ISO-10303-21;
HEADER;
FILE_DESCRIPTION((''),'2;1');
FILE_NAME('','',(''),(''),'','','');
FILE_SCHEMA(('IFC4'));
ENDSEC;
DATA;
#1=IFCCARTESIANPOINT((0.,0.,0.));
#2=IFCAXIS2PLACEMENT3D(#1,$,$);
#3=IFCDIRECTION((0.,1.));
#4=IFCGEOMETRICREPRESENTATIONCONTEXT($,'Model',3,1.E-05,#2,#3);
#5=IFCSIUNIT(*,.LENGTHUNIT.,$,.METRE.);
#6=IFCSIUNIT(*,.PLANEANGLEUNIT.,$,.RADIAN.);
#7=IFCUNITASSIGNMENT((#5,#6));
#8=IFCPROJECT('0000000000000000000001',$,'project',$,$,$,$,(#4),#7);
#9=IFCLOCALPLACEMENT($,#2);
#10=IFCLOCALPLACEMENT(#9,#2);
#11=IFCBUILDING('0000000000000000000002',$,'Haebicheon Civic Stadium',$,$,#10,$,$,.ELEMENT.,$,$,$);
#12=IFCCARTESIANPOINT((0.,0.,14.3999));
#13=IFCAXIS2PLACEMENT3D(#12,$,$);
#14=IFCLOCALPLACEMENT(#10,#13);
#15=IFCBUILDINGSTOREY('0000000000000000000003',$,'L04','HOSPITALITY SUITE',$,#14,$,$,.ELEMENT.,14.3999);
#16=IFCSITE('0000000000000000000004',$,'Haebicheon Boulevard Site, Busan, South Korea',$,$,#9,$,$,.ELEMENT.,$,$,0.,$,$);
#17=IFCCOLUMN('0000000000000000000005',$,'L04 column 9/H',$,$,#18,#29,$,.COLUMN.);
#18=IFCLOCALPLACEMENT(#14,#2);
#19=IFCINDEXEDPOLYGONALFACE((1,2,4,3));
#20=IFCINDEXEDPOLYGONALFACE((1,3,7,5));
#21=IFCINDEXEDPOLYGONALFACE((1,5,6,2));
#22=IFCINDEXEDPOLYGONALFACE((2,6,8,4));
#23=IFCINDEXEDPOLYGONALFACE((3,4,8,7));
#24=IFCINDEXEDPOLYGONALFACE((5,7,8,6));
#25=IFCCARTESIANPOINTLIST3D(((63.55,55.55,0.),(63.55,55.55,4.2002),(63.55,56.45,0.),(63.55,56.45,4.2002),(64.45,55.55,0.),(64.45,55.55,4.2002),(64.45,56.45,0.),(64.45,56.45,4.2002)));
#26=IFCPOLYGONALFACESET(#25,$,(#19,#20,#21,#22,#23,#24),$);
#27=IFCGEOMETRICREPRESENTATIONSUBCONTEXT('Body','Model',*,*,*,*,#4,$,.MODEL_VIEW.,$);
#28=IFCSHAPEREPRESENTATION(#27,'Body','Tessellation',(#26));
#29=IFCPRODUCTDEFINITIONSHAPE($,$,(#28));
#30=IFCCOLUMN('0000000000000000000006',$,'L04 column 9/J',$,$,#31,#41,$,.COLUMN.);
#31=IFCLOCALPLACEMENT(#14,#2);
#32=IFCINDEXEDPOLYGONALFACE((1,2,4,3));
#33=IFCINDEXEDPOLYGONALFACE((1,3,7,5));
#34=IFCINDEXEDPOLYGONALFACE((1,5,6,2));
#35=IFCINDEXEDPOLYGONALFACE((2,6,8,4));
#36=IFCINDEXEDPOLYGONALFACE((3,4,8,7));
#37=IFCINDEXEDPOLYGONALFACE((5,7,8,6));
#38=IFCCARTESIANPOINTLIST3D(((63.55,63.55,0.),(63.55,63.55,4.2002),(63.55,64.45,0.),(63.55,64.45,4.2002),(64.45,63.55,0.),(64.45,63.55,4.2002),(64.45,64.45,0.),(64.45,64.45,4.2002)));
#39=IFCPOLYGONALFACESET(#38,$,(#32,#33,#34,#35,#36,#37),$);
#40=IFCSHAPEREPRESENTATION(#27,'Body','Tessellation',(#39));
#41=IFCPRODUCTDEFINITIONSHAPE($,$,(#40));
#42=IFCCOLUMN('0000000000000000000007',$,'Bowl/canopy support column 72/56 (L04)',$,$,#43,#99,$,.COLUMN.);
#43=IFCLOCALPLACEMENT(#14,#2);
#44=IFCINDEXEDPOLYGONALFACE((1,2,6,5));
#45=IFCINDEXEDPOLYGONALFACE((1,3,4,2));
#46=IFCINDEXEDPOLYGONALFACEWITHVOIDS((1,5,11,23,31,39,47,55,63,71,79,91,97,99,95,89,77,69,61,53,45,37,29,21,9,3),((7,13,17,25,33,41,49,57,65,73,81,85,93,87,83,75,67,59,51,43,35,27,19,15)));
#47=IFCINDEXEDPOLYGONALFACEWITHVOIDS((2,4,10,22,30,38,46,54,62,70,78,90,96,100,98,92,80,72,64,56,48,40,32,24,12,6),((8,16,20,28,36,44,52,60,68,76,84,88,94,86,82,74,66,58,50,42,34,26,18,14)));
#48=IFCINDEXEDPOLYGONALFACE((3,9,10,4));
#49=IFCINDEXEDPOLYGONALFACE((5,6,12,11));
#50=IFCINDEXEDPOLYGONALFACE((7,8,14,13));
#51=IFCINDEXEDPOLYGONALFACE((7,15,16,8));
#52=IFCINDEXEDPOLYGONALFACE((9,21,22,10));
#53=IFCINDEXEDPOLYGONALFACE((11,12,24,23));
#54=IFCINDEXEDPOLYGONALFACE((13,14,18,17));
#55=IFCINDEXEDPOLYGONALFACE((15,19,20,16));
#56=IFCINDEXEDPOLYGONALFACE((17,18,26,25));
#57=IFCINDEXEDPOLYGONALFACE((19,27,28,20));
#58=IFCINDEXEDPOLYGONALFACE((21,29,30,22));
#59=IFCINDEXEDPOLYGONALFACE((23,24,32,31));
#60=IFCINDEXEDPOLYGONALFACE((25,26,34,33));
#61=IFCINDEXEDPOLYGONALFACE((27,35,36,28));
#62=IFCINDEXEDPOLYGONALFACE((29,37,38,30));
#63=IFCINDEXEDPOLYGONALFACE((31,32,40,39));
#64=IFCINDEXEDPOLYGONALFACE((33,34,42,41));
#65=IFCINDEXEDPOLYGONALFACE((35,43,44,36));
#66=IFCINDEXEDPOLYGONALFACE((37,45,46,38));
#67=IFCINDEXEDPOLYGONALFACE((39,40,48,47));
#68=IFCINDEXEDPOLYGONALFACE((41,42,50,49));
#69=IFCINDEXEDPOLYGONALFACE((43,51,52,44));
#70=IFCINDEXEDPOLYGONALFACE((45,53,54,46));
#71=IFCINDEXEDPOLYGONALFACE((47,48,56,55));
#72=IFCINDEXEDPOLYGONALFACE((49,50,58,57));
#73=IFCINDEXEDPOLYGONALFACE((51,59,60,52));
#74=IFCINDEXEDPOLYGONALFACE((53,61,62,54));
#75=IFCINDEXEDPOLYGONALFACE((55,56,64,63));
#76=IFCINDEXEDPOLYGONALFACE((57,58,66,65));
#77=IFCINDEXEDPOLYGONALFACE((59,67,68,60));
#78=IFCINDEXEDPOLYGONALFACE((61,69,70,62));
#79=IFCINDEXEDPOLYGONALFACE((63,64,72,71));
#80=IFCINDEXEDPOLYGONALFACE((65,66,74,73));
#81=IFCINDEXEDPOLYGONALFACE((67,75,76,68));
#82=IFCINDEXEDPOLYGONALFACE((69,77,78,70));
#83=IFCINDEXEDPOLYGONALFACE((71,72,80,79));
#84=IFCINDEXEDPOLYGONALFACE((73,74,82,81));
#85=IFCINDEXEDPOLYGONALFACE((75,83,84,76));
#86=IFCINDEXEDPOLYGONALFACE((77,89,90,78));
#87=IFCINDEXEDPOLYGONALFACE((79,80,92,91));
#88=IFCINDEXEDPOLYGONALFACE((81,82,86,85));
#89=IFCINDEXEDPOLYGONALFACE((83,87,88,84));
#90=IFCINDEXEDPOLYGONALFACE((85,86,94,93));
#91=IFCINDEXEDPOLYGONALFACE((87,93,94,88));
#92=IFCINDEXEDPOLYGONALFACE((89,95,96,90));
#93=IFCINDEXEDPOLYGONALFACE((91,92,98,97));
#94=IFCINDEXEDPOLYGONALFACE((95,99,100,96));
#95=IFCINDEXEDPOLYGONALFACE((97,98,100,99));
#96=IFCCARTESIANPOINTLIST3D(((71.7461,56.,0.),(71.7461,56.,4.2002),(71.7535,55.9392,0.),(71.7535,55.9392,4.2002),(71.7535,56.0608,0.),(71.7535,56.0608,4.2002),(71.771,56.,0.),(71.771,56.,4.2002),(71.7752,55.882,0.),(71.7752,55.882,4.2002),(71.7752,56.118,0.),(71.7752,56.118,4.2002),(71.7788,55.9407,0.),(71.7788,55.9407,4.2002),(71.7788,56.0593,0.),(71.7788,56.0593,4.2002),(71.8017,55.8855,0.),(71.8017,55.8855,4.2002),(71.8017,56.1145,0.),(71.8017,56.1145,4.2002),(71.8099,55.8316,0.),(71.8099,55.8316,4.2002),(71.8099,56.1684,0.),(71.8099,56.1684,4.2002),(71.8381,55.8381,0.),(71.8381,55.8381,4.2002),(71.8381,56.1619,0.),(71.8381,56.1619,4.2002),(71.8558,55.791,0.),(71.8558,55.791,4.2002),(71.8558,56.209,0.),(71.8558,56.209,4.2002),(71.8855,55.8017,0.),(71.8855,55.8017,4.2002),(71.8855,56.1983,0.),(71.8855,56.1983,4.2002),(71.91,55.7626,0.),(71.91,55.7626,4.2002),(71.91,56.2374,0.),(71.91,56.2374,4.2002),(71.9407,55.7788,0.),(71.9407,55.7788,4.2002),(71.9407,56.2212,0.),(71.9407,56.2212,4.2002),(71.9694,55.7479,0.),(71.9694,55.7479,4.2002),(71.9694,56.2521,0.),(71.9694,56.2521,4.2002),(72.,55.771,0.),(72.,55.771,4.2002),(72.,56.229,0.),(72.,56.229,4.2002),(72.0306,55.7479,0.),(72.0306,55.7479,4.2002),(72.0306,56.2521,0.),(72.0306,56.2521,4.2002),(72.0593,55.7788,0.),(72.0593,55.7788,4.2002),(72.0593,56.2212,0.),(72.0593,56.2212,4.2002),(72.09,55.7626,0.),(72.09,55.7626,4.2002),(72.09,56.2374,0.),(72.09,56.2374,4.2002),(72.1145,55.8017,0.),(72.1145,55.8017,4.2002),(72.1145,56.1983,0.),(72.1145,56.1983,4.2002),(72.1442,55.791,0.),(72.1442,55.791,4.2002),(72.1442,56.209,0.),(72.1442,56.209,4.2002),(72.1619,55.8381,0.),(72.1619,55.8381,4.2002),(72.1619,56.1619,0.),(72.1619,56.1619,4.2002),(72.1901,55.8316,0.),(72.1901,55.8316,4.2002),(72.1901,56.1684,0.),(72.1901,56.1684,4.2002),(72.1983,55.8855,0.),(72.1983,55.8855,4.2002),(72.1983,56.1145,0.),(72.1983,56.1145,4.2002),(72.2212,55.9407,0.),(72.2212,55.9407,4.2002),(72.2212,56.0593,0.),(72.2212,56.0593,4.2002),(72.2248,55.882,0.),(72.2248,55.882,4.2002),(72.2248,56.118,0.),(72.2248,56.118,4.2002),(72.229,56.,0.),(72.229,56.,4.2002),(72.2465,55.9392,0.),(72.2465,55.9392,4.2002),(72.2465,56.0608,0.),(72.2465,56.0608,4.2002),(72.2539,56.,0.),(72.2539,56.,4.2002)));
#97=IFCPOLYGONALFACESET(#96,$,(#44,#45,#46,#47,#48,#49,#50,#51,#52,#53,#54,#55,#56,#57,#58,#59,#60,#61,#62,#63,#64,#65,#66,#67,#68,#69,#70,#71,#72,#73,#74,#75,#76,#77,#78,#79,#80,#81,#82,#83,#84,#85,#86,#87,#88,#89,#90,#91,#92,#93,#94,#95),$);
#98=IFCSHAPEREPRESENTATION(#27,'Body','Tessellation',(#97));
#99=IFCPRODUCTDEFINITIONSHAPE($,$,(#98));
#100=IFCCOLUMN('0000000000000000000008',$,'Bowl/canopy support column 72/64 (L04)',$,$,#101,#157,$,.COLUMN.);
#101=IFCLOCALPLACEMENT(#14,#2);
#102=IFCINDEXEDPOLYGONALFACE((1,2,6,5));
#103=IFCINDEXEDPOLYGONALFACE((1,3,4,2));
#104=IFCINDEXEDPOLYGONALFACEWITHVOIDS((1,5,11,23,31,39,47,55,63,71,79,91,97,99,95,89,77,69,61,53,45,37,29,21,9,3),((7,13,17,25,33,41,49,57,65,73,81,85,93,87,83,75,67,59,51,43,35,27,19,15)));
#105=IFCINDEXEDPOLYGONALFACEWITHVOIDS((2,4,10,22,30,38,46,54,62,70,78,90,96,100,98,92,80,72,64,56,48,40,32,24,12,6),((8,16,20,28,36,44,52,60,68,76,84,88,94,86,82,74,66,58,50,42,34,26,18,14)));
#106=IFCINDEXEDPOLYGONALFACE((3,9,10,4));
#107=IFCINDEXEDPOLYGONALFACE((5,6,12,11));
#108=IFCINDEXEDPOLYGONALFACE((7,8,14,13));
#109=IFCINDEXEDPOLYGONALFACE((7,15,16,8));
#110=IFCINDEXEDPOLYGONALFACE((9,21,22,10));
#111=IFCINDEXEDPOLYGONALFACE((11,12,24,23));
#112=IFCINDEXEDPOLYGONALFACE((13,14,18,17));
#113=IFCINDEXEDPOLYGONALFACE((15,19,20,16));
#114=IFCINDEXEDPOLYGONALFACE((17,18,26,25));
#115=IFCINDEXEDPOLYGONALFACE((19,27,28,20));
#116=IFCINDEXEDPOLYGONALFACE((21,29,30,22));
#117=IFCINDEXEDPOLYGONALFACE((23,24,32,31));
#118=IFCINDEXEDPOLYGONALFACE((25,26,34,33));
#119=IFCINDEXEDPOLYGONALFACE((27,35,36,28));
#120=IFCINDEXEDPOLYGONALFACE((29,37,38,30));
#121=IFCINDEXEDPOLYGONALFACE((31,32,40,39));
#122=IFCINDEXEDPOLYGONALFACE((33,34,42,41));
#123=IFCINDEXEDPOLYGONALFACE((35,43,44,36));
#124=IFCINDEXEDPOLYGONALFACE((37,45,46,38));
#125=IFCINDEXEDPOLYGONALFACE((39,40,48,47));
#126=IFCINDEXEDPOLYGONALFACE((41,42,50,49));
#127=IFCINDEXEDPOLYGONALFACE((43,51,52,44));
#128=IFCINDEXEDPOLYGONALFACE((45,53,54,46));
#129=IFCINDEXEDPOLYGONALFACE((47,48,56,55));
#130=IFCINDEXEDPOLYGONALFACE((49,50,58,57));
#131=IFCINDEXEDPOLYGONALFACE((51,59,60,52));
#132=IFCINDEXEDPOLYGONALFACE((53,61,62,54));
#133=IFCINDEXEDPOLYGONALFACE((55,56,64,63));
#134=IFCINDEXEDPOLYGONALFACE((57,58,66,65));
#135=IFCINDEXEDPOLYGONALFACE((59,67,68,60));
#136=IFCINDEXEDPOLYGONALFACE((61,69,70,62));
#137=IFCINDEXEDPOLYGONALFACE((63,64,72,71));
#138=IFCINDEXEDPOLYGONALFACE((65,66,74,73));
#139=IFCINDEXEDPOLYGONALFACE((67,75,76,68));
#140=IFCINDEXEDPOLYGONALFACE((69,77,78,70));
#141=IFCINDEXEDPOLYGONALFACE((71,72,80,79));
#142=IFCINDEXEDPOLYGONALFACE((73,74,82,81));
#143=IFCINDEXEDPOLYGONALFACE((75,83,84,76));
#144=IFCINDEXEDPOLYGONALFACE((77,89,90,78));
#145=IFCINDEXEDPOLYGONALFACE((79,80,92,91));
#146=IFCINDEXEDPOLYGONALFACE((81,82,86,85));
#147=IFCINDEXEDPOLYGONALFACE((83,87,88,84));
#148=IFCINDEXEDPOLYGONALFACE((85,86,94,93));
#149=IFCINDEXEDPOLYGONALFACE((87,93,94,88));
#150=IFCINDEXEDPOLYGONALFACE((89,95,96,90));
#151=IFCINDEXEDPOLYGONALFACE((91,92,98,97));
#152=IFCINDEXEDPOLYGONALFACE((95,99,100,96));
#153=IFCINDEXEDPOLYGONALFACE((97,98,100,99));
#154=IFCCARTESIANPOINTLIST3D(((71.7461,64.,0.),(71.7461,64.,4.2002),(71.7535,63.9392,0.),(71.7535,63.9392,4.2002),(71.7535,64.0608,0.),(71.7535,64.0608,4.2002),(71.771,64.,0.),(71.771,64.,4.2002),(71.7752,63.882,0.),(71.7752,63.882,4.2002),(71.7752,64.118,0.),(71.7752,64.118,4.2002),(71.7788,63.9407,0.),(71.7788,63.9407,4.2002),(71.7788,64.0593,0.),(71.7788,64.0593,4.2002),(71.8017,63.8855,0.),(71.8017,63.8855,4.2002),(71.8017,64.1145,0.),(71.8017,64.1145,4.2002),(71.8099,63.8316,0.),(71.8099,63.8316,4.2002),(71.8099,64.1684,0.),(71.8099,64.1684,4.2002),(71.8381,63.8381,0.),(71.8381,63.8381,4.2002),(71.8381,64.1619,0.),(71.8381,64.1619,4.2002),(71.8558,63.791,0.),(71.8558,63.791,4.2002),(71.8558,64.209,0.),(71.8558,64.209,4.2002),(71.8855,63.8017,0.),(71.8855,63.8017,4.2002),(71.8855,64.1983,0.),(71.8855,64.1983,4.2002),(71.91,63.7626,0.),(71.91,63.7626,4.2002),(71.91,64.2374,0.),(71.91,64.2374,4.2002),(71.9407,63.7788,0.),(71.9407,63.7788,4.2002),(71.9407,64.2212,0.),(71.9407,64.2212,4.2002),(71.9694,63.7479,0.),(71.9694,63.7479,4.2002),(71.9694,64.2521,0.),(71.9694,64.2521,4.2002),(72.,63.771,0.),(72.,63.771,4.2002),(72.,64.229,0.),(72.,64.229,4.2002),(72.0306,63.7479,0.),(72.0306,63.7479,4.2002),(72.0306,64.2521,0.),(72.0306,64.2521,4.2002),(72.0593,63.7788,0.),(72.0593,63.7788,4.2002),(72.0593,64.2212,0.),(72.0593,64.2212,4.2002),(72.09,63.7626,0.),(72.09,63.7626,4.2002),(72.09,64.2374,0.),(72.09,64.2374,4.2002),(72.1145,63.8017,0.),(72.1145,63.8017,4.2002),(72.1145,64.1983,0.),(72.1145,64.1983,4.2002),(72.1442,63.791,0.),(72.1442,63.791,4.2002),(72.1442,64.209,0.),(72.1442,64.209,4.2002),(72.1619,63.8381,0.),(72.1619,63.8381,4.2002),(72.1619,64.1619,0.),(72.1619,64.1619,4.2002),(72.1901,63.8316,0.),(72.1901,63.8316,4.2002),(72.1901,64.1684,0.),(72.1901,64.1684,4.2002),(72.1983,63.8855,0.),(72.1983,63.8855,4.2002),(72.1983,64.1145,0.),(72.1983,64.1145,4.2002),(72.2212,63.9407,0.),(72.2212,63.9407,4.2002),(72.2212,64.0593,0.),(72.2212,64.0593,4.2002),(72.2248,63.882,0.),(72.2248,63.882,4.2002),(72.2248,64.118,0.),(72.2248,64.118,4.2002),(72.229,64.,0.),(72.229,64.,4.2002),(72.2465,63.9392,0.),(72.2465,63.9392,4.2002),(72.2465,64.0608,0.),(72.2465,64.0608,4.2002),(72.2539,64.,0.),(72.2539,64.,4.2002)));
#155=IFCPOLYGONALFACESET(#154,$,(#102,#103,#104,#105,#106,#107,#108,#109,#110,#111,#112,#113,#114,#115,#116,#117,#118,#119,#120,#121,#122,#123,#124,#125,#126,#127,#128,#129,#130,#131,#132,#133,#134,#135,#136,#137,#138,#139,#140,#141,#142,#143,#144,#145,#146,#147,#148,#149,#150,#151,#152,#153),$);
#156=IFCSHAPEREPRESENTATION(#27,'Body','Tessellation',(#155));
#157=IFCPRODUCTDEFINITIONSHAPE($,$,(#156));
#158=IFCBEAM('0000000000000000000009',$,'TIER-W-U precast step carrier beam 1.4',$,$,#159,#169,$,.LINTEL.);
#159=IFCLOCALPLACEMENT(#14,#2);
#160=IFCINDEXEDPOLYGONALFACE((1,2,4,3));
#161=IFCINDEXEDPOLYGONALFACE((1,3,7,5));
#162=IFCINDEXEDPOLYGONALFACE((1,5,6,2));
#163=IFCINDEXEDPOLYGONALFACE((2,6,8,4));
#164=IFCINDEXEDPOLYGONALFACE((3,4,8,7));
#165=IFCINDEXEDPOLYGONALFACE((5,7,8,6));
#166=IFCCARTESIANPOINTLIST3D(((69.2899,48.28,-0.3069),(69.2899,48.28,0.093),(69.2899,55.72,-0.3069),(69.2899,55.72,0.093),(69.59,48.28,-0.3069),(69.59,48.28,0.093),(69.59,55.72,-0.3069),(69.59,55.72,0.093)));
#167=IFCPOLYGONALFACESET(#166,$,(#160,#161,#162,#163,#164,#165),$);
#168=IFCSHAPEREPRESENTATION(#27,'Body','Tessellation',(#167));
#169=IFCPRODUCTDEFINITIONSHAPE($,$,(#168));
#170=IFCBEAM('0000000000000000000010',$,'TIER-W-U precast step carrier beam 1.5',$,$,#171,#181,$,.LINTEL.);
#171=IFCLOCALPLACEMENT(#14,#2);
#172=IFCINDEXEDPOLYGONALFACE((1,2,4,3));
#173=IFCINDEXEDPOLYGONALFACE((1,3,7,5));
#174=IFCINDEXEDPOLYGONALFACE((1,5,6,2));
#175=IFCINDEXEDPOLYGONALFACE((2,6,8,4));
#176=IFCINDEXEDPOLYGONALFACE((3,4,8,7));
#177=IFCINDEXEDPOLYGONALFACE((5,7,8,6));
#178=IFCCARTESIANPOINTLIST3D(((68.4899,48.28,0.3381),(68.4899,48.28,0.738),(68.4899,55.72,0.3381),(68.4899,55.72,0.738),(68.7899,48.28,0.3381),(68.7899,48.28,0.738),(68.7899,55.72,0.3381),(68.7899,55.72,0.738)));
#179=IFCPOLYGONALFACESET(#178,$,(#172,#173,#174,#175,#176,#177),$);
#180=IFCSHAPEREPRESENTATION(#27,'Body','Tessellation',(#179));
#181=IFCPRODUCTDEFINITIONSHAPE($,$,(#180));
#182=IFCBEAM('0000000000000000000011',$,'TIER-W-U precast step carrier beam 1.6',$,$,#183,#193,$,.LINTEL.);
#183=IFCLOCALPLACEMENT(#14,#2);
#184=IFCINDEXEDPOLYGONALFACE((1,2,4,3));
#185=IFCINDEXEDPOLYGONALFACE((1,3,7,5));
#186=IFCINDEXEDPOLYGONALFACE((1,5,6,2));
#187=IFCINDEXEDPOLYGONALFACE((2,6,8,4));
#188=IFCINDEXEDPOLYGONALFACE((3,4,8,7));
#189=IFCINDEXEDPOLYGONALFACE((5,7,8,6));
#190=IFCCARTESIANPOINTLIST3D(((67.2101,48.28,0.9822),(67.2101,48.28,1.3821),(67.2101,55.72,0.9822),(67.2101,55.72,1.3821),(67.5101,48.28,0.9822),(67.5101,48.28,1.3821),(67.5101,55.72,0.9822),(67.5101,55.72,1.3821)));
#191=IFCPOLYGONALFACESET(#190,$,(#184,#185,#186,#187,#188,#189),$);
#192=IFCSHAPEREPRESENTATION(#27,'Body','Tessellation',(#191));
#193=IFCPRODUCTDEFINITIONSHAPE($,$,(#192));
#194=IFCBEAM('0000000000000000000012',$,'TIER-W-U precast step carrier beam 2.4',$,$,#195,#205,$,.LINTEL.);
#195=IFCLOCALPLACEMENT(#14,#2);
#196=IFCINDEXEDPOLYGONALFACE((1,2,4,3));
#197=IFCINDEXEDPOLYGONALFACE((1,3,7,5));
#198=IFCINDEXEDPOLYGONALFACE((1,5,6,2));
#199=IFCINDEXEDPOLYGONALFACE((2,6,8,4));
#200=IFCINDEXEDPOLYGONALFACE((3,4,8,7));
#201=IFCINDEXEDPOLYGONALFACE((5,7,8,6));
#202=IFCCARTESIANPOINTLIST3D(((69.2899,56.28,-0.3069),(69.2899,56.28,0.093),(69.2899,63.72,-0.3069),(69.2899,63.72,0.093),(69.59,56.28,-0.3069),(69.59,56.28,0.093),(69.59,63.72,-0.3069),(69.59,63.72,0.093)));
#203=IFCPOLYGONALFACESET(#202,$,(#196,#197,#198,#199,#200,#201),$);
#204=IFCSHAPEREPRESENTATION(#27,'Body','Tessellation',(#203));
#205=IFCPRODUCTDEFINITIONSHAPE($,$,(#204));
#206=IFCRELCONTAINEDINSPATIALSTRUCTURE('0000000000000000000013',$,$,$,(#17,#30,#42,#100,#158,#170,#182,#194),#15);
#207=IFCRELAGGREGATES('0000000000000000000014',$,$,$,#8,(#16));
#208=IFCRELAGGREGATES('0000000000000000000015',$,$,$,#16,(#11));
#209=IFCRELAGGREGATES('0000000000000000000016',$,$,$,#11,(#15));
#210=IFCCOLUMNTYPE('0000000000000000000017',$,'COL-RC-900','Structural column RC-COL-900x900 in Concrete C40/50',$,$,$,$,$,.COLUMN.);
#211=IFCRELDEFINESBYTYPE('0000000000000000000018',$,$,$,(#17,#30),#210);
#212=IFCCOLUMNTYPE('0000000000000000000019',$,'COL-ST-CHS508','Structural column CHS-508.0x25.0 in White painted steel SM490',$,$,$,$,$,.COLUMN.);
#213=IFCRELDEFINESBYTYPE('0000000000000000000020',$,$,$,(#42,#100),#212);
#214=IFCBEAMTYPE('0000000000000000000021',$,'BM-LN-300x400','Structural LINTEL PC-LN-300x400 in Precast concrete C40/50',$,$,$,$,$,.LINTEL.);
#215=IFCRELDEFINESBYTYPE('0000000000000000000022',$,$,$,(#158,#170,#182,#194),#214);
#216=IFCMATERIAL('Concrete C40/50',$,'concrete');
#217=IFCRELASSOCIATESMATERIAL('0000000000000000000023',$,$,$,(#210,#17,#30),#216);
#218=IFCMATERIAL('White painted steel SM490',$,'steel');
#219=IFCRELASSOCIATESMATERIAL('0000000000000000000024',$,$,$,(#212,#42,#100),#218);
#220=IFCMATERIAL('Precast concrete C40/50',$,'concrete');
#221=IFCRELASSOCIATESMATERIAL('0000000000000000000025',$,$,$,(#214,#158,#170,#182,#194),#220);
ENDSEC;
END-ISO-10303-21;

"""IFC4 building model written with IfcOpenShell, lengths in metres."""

from ifc_helpers import new_model, si_unit, direction, frame, origin, origin_2d, place, context, subcontext, project, spatial, rectangle, hollow_circle, extrude, material, material_profile, profile_set, type_object, element, save


model = new_model("IFC4")

# Units and contexts
model_context = context("Model", 3, precision=1e-05, world=origin(), true_north=direction((0.0, 1.0)))
body_context = subcontext(model_context, "Body", "Model", "MODEL_VIEW")
ifc_project = project(units=[si_unit("LENGTHUNIT", "METRE"), si_unit("PLANEANGLEUNIT", "RADIAN")], contexts=[model_context])

# Site, building, storey
site_placement = place(None, origin())
site = spatial("IfcSite", under=ifc_project, at=site_placement, Name="Haebicheon Boulevard Site, Busan, South Korea", CompositionType="ELEMENT", RefElevation=0.0)
building_placement = place(site_placement, origin())
building = spatial("IfcBuilding", under=site, at=building_placement, Name="Haebicheon Civic Stadium", CompositionType="ELEMENT")
storey_placement = place(building_placement, frame((0.0, 0.0, 14.3999)))
storey = spatial("IfcBuildingStorey", under=building, at=storey_placement, Name="L04", Description="HOSPITALITY SUITE", CompositionType="ELEMENT", Elevation=14.3999)

# Columns
ifc_material_1 = material(Name="Concrete C40/50", Category="concrete")
ifc_material_profile_1 = material_profile(ifc_material_1, rectangle(XDim=0.8999, YDim=0.8999, at=origin_2d()), Name="RC-COL-900x900")
ifc_profile_set_1 = profile_set([ifc_material_profile_1], Name="Concrete C40/50")
column_type_1 = type_object("IfcColumnType", Name="COL-RC-900", Description="Structural column RC-COL-900x900 in Concrete C40/50", PredefinedType="COLUMN", material=ifc_profile_set_1)
for number, where, z_axis, x_axis, name in (
    (1, (64.0, 56.0, 0.0), (0.0, 0.0, 1.0), (1.0, 0.0, 0.0), "L04 column 9/H"),
    (2, (64.0, 64.0, 0.0), (0.0, 0.0, 1.0), (1.0, 0.0, 0.0), "L04 column 9/J"),
):
    element("IfcColumn", number, at=place(storey_placement, frame(where, z_axis=z_axis, x_axis=x_axis)), inside=storey, type_object=column_type_1, material=ifc_profile_set_1, Name=name, PredefinedType="COLUMN", context=body_context, shape_type="SweptSolid", body=[
        extrude(rectangle(XDim=0.8999, YDim=0.8999, at=origin_2d()), origin(), (0.0, 0.0, 1.0), 4.2002),
    ])
ifc_material_2 = material(Name="White painted steel SM490", Category="steel")
ifc_material_profile_2 = material_profile(ifc_material_2, hollow_circle(Radius=0.2539, WallThickness=0.0249, at=origin_2d()), Name="CHS-508.0x25.0")
ifc_profile_set_2 = profile_set([ifc_material_profile_2], Name="White painted steel SM490")
column_type_2 = type_object("IfcColumnType", Name="COL-ST-CHS508", Description="Structural column CHS-508.0x25.0 in White painted steel SM490", PredefinedType="COLUMN", material=ifc_profile_set_2)
for number, where, z_axis, x_axis, name in (
    (3, (72.0, 56.0, 0.0), (0.0, 0.0, 1.0), (1.0, 0.0, 0.0), "Bowl/canopy support column 72/56 (L04)"),
    (4, (72.0, 64.0, 0.0), (0.0, 0.0, 1.0), (1.0, 0.0, 0.0), "Bowl/canopy support column 72/64 (L04)"),
):
    element("IfcColumn", number, at=place(storey_placement, frame(where, z_axis=z_axis, x_axis=x_axis)), inside=storey, type_object=column_type_2, material=ifc_profile_set_2, Name=name, PredefinedType="COLUMN", context=body_context, shape_type="SweptSolid", body=[
        extrude(hollow_circle(Radius=0.2539, WallThickness=0.0249, at=origin_2d()), origin(), (0.0, 0.0, 1.0), 4.2002),
    ])

# Beams
ifc_material_3 = material(Name="Precast concrete C40/50", Category="concrete")
ifc_material_profile_3 = material_profile(ifc_material_3, rectangle(XDim=0.3, YDim=0.3999, at=origin_2d()), Name="PC-LN-300x400")
ifc_profile_set_3 = profile_set([ifc_material_profile_3], Name="Precast concrete C40/50")
beam_type_1 = type_object("IfcBeamType", Name="BM-LN-300x400", Description="Structural LINTEL PC-LN-300x400 in Precast concrete C40/50", PredefinedType="LINTEL", material=ifc_profile_set_3)
for number, where, z_axis, x_axis, name in (
    (5, (69.4399, 48.28, -0.1069), (0.0, 1.0, 0.0), (-1.0, 0.0, 0.0), "TIER-W-U precast step carrier beam 1.4"),
    (6, (68.6399, 48.28, 0.5381), (0.0, 1.0, 0.0), (-1.0, 0.0, 0.0), "TIER-W-U precast step carrier beam 1.5"),
    (7, (67.3601, 48.28, 1.1821), (0.0, 1.0, 0.0), (-1.0, 0.0, 0.0), "TIER-W-U precast step carrier beam 1.6"),
    (8, (69.4399, 56.28, -0.1069), (0.0, 1.0, 0.0), (-1.0, 0.0, 0.0), "TIER-W-U precast step carrier beam 2.4"),
):
    element("IfcBeam", number, at=place(storey_placement, frame(where, z_axis=z_axis, x_axis=x_axis)), inside=storey, type_object=beam_type_1, material=ifc_profile_set_3, Name=name, PredefinedType="LINTEL", context=body_context, shape_type="SweptSolid", body=[
        extrude(rectangle(XDim=0.3, YDim=0.3999, at=origin_2d()), origin(), (0.0, 0.0, 1.0), 7.4399),
    ])

save(model, "model.ifc")
